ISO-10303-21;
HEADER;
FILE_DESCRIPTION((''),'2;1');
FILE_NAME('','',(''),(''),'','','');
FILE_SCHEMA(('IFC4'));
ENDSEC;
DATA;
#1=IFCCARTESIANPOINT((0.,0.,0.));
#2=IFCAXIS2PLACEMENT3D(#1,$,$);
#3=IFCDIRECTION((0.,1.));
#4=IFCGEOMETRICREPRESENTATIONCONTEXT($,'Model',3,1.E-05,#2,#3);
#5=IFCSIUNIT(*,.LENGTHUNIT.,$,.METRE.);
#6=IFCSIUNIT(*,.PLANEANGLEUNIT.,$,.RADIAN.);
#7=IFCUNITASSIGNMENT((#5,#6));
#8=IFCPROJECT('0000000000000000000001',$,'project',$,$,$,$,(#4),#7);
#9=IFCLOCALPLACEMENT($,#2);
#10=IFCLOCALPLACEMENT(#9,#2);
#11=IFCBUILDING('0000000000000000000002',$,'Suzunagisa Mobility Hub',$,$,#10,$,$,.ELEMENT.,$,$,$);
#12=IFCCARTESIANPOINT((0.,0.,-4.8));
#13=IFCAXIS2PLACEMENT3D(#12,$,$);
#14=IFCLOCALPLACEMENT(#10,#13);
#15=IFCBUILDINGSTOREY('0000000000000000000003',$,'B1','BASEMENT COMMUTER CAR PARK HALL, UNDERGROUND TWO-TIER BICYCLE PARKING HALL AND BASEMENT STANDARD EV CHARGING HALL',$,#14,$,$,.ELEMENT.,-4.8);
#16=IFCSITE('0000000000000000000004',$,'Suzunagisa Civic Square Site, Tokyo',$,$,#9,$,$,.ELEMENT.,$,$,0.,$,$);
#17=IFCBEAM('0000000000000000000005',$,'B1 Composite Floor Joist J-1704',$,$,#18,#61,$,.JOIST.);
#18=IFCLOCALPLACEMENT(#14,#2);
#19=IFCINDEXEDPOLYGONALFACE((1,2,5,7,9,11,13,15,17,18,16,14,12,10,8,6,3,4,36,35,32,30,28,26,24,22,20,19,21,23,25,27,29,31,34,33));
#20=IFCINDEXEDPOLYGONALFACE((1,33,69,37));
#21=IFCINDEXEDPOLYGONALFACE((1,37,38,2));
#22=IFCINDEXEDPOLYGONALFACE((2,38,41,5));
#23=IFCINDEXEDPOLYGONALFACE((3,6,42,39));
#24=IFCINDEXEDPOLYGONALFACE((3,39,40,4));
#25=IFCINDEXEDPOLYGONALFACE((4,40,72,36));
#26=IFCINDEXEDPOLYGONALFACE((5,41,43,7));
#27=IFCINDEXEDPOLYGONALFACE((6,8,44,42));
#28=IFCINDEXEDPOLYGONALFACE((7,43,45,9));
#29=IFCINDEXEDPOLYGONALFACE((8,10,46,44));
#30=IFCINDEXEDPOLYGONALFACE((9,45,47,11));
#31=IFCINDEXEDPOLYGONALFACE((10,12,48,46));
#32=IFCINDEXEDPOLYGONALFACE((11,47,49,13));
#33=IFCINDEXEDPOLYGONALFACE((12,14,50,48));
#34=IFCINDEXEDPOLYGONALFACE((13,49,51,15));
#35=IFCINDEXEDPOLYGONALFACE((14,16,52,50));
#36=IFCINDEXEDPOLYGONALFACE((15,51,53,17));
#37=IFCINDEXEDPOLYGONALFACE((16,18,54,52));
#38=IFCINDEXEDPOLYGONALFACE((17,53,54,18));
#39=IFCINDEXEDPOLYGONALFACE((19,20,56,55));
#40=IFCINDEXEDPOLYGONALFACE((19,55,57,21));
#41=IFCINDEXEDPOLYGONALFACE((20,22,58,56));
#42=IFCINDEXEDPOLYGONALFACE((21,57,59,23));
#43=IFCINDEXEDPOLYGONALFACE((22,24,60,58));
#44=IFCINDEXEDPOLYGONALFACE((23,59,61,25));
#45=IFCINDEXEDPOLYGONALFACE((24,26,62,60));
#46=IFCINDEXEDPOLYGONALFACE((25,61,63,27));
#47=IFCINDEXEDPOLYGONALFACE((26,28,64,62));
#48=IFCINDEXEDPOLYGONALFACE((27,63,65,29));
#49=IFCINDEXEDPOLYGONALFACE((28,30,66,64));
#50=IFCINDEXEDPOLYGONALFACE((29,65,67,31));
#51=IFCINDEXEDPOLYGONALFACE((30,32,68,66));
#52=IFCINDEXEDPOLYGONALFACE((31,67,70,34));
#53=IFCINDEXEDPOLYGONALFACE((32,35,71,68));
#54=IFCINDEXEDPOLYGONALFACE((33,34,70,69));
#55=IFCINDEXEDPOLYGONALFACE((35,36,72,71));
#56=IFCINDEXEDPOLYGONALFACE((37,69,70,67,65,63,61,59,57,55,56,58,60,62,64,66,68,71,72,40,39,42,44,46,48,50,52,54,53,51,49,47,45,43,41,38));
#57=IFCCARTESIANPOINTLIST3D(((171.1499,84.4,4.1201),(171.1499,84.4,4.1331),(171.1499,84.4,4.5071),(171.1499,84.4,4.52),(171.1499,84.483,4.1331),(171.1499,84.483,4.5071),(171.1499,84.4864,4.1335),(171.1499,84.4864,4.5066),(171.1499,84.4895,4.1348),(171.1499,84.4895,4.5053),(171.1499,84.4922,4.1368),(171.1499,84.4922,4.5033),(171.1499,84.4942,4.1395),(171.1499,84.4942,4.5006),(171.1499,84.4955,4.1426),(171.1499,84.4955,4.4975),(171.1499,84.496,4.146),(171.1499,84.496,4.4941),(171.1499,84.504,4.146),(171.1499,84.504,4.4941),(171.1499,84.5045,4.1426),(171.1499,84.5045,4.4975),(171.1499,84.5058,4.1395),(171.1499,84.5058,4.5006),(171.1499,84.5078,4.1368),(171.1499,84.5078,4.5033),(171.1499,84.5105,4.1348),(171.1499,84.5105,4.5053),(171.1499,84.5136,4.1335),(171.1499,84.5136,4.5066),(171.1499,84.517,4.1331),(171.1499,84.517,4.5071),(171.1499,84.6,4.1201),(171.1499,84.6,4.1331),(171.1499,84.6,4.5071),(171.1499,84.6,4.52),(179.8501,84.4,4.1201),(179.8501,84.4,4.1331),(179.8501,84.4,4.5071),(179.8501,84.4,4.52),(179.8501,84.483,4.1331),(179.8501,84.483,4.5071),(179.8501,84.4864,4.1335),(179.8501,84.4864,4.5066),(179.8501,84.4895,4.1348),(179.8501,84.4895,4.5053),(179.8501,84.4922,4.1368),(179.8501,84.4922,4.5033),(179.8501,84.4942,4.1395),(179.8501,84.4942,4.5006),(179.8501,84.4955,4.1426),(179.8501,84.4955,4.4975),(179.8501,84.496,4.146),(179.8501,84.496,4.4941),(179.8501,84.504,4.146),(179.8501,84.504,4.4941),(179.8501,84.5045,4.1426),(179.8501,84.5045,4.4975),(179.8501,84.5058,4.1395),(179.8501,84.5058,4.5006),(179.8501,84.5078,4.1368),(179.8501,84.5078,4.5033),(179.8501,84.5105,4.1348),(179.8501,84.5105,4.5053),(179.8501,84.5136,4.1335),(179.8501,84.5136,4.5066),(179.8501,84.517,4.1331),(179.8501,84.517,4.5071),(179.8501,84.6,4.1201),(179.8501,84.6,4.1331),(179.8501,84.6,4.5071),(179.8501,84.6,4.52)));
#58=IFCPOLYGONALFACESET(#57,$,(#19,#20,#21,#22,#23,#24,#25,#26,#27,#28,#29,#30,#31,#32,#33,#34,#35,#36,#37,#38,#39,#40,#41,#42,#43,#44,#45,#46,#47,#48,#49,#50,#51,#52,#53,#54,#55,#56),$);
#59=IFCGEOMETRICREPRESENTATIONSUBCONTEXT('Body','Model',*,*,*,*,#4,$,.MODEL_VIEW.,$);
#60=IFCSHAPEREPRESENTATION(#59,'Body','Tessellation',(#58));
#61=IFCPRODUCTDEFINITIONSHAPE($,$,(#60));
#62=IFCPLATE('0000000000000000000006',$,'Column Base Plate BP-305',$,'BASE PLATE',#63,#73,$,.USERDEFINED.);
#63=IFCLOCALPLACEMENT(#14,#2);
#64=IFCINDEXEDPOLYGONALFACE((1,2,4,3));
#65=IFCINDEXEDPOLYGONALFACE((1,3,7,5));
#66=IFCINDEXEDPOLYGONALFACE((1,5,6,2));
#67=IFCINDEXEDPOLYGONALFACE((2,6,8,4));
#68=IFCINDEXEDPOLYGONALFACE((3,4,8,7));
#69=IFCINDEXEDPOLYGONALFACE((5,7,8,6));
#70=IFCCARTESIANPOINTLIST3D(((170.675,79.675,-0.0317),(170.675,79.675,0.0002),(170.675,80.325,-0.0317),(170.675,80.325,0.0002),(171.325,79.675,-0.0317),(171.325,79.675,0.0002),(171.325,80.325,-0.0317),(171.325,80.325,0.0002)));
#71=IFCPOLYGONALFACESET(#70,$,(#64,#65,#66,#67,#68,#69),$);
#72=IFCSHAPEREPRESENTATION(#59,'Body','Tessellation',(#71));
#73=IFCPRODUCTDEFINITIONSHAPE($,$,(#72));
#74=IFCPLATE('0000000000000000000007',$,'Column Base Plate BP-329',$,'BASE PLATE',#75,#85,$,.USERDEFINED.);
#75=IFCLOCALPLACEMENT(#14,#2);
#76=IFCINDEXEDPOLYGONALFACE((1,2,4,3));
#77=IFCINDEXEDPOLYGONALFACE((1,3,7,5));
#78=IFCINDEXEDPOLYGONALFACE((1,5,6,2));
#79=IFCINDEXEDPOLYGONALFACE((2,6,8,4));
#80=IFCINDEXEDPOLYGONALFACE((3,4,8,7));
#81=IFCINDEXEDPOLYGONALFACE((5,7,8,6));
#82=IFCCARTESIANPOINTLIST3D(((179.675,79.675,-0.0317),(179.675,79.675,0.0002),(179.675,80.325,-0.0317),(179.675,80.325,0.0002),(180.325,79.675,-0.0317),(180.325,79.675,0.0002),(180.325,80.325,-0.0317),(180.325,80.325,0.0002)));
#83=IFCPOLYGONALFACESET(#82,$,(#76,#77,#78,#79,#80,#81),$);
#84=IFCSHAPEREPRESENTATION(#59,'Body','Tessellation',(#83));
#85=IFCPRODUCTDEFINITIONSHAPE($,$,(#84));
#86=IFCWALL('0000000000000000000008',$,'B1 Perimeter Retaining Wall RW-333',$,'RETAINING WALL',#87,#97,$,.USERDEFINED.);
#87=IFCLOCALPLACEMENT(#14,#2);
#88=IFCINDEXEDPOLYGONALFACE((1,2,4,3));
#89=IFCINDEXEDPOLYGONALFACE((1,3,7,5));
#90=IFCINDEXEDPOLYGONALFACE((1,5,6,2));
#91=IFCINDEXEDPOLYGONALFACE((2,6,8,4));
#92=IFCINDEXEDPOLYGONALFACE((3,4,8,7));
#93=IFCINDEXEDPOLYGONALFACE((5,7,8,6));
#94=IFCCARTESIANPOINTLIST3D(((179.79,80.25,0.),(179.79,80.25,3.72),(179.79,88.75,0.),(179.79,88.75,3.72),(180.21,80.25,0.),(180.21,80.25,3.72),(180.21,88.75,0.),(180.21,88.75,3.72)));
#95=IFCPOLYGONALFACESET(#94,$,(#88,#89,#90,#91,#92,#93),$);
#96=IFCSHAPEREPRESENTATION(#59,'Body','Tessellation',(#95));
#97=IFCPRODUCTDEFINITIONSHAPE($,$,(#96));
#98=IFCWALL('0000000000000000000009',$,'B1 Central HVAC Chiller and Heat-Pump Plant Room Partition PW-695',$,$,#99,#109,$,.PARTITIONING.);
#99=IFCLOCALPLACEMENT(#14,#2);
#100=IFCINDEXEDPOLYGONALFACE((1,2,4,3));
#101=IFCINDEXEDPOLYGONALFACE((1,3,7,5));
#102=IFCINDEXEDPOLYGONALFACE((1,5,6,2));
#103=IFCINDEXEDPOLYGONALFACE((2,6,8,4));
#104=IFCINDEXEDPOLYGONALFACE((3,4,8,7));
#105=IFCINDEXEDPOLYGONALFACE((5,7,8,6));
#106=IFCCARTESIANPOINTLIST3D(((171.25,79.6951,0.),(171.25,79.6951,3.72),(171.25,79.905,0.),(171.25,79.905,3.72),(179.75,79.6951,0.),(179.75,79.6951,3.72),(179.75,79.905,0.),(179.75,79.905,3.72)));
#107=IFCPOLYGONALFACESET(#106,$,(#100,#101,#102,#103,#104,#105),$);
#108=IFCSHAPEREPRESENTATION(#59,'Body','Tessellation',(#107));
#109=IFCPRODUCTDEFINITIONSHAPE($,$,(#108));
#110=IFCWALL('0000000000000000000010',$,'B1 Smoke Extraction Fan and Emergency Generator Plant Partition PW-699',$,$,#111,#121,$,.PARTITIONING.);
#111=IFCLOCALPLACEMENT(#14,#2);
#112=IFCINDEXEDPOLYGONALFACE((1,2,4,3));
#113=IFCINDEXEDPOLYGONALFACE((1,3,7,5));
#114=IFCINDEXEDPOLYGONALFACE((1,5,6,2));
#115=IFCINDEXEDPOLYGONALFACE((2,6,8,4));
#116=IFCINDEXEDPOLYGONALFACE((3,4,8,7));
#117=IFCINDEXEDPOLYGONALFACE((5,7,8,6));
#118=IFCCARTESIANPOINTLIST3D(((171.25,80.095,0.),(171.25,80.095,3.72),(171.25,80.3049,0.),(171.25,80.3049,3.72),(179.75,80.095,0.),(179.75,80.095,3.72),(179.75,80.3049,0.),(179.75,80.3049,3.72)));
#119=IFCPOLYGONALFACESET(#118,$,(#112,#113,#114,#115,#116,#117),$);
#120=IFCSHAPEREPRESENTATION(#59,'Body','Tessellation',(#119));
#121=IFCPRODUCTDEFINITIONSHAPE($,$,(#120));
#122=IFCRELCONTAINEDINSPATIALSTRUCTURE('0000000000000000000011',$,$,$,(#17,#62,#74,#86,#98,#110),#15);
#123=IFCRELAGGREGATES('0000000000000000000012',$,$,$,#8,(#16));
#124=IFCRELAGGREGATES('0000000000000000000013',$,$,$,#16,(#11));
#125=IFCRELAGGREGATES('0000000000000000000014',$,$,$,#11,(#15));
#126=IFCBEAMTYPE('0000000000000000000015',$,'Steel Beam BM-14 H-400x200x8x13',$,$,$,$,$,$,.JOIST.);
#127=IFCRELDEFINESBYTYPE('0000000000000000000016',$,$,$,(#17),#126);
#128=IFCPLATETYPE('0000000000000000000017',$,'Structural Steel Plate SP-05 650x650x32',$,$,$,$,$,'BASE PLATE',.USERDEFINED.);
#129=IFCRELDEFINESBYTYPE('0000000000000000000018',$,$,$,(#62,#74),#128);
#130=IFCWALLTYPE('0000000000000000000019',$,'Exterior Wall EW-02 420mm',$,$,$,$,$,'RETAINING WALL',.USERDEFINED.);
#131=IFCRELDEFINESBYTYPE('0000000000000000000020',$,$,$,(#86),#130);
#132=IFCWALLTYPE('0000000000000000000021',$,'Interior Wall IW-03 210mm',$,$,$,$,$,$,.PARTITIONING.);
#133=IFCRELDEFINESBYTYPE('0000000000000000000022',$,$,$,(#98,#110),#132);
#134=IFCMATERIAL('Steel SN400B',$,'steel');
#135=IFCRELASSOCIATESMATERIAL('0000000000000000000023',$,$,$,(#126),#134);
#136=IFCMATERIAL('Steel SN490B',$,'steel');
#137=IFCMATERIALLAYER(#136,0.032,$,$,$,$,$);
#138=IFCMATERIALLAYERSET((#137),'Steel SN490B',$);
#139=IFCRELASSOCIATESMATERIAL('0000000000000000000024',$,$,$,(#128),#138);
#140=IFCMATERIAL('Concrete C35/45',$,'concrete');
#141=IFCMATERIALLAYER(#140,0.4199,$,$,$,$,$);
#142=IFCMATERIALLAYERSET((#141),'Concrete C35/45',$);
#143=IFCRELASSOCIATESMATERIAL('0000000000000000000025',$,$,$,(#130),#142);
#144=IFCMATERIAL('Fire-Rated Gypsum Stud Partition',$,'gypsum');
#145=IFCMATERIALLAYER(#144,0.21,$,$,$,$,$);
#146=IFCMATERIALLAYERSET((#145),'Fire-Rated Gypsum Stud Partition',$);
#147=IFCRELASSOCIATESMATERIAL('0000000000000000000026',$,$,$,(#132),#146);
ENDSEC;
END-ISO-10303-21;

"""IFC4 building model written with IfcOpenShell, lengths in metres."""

from ifc_helpers import new_model, si_unit, direction, frame, frame_2d, origin, origin_2d, place, context, subcontext, project, spatial, rectangle, i_section, extrude, material, layer, layer_set, material_profile, profile_set, type_object, element, save


model = new_model("IFC4")

# Units and contexts
model_context = context("Model", 3, precision=1e-05, world=origin(), true_north=direction((0.0, 1.0)))
body_context = subcontext(model_context, "Body", "Model", "MODEL_VIEW")
ifc_project = project(units=[si_unit("LENGTHUNIT", "METRE"), si_unit("PLANEANGLEUNIT", "RADIAN")], contexts=[model_context])

# Site, building, storey
site_placement = place(None, origin())
site = spatial("IfcSite", under=ifc_project, at=site_placement, Name="Suzunagisa Civic Square Site, Tokyo", CompositionType="ELEMENT", RefElevation=0.0)
building_placement = place(site_placement, origin())
building = spatial("IfcBuilding", under=site, at=building_placement, Name="Suzunagisa Mobility Hub", CompositionType="ELEMENT")
storey_placement = place(building_placement, frame((0.0, 0.0, -4.8)))
storey = spatial("IfcBuildingStorey", under=building, at=storey_placement, Name="B1", Description="BASEMENT COMMUTER CAR PARK HALL, UNDERGROUND TWO-TIER BICYCLE PARKING HALL AND BASEMENT STANDARD EV CHARGING HALL", CompositionType="ELEMENT", Elevation=-4.8)

# Shared definitions
ifc_material_1 = material(Name="Concrete C35/45", Category="concrete")

# Shared definitions
ifc_material_2 = material(Name="Steel SN490B", Category="steel")

# Beam
ifc_material_3 = material(Name="Steel SN400B", Category="steel")
ifc_material_profile_1 = material_profile(ifc_material_3, i_section(OverallWidth=0.2, OverallDepth=0.3999, WebThickness=0.0081, FlangeThickness=0.0129, FilletRadius=0.0129, at=origin_2d()), Name="H-400x200x8x13")
ifc_profile_set_1 = profile_set([ifc_material_profile_1], Name="Steel SN400B")
beam_type_1 = type_object("IfcBeamType", Name="Steel Beam BM-14 H-400x200x8x13", PredefinedType="JOIST", material=ifc_profile_set_1)
for number, where, z_axis, x_axis, name in (
    (1, (171.1499, 84.5, 4.3201), (1.0, 0.0, 0.0), (0.0, 1.0, 0.0), "B1 Composite Floor Joist J-1704"),
):
    element("IfcBeam", number, at=place(storey_placement, frame(where, z_axis=z_axis, x_axis=x_axis)), inside=storey, type_object=beam_type_1, Name=name, PredefinedType="JOIST", context=body_context, shape_type="SweptSolid", body=[
        extrude(i_section(OverallWidth=0.2, OverallDepth=0.3999, WebThickness=0.0081, FlangeThickness=0.0129, FilletRadius=0.0129, at=origin_2d()), origin(), (0.0, 0.0, 1.0), 8.7002),
    ])

# Plates
ifc_layer_1 = layer(ifc_material_2, 0.032)
ifc_layer_set_1 = layer_set([ifc_layer_1], Name="Steel SN490B")
plate_type = type_object("IfcPlateType", Name="Structural Steel Plate SP-05 650x650x32", ElementType="BASE PLATE", PredefinedType="USERDEFINED", material=ifc_layer_set_1)
for number, where, z_axis, x_axis, name in (
    (2, (171.0, 80.0, -0.0317), (0.0, 0.0, 1.0), (1.0, 0.0, 0.0), "Column Base Plate BP-305"),
    (3, (180.0, 80.0, -0.0317), (0.0, 0.0, 1.0), (1.0, 0.0, 0.0), "Column Base Plate BP-329"),
):
    element("IfcPlate", number, at=place(storey_placement, frame(where, z_axis=z_axis, x_axis=x_axis)), inside=storey, type_object=plate_type, Name=name, ObjectType="BASE PLATE", PredefinedType="USERDEFINED", context=body_context, shape_type="SweptSolid", body=[
        extrude(rectangle(XDim=0.6499, YDim=0.6499, at=origin_2d()), origin(), (0.0, 0.0, 1.0), 0.032),
    ])

# Walls
ifc_layer_2 = layer(ifc_material_1, 0.4199)
ifc_layer_set_2 = layer_set([ifc_layer_2], Name="Concrete C35/45")
wall_type_1 = type_object("IfcWallType", Name="Exterior Wall EW-02 420mm", ElementType="RETAINING WALL", PredefinedType="USERDEFINED", material=ifc_layer_set_2)
wall_placement = place(storey_placement, frame((180.0, 80.25, 0.0), z_axis=(0.0, 0.0, 1.0), x_axis=(0.0, 1.0, 0.0)))
element("IfcWall", 4, at=wall_placement, inside=storey, type_object=wall_type_1, Name="B1 Perimeter Retaining Wall RW-333", ObjectType="RETAINING WALL", PredefinedType="USERDEFINED", context=body_context, shape_type="SweptSolid", body=[
    extrude(rectangle(XDim=8.5, YDim=0.4199, at=frame_2d((4.25, 0.0))), origin(), (0.0, 0.0, 1.0), 3.72),
])
ifc_material_4 = material(Name="Fire-Rated Gypsum Stud Partition", Category="gypsum")
ifc_layer_3 = layer(ifc_material_4, 0.21)
ifc_layer_set_3 = layer_set([ifc_layer_3], Name="Fire-Rated Gypsum Stud Partition")
wall_type_2 = type_object("IfcWallType", Name="Interior Wall IW-03 210mm", PredefinedType="PARTITIONING", material=ifc_layer_set_3)
for number, where, z_axis, x_axis, name in (
    (5, (171.25, 79.8, 0.0), (0.0, 0.0, 1.0), (1.0, 0.0, 0.0), "B1 Central HVAC Chiller and Heat-Pump Plant Room Partition PW-695"),
    (6, (171.25, 80.2, 0.0), (0.0, 0.0, 1.0), (1.0, 0.0, 0.0), "B1 Smoke Extraction Fan and Emergency Generator Plant Partition PW-699"),
):
    element("IfcWall", number, at=place(storey_placement, frame(where, z_axis=z_axis, x_axis=x_axis)), inside=storey, type_object=wall_type_2, Name=name, PredefinedType="PARTITIONING", context=body_context, shape_type="SweptSolid", body=[
        extrude(rectangle(XDim=8.5, YDim=0.21, at=frame_2d((4.25, 0.0))), origin(), (0.0, 0.0, 1.0), 3.72),
    ])

save(model, "model.ifc")
